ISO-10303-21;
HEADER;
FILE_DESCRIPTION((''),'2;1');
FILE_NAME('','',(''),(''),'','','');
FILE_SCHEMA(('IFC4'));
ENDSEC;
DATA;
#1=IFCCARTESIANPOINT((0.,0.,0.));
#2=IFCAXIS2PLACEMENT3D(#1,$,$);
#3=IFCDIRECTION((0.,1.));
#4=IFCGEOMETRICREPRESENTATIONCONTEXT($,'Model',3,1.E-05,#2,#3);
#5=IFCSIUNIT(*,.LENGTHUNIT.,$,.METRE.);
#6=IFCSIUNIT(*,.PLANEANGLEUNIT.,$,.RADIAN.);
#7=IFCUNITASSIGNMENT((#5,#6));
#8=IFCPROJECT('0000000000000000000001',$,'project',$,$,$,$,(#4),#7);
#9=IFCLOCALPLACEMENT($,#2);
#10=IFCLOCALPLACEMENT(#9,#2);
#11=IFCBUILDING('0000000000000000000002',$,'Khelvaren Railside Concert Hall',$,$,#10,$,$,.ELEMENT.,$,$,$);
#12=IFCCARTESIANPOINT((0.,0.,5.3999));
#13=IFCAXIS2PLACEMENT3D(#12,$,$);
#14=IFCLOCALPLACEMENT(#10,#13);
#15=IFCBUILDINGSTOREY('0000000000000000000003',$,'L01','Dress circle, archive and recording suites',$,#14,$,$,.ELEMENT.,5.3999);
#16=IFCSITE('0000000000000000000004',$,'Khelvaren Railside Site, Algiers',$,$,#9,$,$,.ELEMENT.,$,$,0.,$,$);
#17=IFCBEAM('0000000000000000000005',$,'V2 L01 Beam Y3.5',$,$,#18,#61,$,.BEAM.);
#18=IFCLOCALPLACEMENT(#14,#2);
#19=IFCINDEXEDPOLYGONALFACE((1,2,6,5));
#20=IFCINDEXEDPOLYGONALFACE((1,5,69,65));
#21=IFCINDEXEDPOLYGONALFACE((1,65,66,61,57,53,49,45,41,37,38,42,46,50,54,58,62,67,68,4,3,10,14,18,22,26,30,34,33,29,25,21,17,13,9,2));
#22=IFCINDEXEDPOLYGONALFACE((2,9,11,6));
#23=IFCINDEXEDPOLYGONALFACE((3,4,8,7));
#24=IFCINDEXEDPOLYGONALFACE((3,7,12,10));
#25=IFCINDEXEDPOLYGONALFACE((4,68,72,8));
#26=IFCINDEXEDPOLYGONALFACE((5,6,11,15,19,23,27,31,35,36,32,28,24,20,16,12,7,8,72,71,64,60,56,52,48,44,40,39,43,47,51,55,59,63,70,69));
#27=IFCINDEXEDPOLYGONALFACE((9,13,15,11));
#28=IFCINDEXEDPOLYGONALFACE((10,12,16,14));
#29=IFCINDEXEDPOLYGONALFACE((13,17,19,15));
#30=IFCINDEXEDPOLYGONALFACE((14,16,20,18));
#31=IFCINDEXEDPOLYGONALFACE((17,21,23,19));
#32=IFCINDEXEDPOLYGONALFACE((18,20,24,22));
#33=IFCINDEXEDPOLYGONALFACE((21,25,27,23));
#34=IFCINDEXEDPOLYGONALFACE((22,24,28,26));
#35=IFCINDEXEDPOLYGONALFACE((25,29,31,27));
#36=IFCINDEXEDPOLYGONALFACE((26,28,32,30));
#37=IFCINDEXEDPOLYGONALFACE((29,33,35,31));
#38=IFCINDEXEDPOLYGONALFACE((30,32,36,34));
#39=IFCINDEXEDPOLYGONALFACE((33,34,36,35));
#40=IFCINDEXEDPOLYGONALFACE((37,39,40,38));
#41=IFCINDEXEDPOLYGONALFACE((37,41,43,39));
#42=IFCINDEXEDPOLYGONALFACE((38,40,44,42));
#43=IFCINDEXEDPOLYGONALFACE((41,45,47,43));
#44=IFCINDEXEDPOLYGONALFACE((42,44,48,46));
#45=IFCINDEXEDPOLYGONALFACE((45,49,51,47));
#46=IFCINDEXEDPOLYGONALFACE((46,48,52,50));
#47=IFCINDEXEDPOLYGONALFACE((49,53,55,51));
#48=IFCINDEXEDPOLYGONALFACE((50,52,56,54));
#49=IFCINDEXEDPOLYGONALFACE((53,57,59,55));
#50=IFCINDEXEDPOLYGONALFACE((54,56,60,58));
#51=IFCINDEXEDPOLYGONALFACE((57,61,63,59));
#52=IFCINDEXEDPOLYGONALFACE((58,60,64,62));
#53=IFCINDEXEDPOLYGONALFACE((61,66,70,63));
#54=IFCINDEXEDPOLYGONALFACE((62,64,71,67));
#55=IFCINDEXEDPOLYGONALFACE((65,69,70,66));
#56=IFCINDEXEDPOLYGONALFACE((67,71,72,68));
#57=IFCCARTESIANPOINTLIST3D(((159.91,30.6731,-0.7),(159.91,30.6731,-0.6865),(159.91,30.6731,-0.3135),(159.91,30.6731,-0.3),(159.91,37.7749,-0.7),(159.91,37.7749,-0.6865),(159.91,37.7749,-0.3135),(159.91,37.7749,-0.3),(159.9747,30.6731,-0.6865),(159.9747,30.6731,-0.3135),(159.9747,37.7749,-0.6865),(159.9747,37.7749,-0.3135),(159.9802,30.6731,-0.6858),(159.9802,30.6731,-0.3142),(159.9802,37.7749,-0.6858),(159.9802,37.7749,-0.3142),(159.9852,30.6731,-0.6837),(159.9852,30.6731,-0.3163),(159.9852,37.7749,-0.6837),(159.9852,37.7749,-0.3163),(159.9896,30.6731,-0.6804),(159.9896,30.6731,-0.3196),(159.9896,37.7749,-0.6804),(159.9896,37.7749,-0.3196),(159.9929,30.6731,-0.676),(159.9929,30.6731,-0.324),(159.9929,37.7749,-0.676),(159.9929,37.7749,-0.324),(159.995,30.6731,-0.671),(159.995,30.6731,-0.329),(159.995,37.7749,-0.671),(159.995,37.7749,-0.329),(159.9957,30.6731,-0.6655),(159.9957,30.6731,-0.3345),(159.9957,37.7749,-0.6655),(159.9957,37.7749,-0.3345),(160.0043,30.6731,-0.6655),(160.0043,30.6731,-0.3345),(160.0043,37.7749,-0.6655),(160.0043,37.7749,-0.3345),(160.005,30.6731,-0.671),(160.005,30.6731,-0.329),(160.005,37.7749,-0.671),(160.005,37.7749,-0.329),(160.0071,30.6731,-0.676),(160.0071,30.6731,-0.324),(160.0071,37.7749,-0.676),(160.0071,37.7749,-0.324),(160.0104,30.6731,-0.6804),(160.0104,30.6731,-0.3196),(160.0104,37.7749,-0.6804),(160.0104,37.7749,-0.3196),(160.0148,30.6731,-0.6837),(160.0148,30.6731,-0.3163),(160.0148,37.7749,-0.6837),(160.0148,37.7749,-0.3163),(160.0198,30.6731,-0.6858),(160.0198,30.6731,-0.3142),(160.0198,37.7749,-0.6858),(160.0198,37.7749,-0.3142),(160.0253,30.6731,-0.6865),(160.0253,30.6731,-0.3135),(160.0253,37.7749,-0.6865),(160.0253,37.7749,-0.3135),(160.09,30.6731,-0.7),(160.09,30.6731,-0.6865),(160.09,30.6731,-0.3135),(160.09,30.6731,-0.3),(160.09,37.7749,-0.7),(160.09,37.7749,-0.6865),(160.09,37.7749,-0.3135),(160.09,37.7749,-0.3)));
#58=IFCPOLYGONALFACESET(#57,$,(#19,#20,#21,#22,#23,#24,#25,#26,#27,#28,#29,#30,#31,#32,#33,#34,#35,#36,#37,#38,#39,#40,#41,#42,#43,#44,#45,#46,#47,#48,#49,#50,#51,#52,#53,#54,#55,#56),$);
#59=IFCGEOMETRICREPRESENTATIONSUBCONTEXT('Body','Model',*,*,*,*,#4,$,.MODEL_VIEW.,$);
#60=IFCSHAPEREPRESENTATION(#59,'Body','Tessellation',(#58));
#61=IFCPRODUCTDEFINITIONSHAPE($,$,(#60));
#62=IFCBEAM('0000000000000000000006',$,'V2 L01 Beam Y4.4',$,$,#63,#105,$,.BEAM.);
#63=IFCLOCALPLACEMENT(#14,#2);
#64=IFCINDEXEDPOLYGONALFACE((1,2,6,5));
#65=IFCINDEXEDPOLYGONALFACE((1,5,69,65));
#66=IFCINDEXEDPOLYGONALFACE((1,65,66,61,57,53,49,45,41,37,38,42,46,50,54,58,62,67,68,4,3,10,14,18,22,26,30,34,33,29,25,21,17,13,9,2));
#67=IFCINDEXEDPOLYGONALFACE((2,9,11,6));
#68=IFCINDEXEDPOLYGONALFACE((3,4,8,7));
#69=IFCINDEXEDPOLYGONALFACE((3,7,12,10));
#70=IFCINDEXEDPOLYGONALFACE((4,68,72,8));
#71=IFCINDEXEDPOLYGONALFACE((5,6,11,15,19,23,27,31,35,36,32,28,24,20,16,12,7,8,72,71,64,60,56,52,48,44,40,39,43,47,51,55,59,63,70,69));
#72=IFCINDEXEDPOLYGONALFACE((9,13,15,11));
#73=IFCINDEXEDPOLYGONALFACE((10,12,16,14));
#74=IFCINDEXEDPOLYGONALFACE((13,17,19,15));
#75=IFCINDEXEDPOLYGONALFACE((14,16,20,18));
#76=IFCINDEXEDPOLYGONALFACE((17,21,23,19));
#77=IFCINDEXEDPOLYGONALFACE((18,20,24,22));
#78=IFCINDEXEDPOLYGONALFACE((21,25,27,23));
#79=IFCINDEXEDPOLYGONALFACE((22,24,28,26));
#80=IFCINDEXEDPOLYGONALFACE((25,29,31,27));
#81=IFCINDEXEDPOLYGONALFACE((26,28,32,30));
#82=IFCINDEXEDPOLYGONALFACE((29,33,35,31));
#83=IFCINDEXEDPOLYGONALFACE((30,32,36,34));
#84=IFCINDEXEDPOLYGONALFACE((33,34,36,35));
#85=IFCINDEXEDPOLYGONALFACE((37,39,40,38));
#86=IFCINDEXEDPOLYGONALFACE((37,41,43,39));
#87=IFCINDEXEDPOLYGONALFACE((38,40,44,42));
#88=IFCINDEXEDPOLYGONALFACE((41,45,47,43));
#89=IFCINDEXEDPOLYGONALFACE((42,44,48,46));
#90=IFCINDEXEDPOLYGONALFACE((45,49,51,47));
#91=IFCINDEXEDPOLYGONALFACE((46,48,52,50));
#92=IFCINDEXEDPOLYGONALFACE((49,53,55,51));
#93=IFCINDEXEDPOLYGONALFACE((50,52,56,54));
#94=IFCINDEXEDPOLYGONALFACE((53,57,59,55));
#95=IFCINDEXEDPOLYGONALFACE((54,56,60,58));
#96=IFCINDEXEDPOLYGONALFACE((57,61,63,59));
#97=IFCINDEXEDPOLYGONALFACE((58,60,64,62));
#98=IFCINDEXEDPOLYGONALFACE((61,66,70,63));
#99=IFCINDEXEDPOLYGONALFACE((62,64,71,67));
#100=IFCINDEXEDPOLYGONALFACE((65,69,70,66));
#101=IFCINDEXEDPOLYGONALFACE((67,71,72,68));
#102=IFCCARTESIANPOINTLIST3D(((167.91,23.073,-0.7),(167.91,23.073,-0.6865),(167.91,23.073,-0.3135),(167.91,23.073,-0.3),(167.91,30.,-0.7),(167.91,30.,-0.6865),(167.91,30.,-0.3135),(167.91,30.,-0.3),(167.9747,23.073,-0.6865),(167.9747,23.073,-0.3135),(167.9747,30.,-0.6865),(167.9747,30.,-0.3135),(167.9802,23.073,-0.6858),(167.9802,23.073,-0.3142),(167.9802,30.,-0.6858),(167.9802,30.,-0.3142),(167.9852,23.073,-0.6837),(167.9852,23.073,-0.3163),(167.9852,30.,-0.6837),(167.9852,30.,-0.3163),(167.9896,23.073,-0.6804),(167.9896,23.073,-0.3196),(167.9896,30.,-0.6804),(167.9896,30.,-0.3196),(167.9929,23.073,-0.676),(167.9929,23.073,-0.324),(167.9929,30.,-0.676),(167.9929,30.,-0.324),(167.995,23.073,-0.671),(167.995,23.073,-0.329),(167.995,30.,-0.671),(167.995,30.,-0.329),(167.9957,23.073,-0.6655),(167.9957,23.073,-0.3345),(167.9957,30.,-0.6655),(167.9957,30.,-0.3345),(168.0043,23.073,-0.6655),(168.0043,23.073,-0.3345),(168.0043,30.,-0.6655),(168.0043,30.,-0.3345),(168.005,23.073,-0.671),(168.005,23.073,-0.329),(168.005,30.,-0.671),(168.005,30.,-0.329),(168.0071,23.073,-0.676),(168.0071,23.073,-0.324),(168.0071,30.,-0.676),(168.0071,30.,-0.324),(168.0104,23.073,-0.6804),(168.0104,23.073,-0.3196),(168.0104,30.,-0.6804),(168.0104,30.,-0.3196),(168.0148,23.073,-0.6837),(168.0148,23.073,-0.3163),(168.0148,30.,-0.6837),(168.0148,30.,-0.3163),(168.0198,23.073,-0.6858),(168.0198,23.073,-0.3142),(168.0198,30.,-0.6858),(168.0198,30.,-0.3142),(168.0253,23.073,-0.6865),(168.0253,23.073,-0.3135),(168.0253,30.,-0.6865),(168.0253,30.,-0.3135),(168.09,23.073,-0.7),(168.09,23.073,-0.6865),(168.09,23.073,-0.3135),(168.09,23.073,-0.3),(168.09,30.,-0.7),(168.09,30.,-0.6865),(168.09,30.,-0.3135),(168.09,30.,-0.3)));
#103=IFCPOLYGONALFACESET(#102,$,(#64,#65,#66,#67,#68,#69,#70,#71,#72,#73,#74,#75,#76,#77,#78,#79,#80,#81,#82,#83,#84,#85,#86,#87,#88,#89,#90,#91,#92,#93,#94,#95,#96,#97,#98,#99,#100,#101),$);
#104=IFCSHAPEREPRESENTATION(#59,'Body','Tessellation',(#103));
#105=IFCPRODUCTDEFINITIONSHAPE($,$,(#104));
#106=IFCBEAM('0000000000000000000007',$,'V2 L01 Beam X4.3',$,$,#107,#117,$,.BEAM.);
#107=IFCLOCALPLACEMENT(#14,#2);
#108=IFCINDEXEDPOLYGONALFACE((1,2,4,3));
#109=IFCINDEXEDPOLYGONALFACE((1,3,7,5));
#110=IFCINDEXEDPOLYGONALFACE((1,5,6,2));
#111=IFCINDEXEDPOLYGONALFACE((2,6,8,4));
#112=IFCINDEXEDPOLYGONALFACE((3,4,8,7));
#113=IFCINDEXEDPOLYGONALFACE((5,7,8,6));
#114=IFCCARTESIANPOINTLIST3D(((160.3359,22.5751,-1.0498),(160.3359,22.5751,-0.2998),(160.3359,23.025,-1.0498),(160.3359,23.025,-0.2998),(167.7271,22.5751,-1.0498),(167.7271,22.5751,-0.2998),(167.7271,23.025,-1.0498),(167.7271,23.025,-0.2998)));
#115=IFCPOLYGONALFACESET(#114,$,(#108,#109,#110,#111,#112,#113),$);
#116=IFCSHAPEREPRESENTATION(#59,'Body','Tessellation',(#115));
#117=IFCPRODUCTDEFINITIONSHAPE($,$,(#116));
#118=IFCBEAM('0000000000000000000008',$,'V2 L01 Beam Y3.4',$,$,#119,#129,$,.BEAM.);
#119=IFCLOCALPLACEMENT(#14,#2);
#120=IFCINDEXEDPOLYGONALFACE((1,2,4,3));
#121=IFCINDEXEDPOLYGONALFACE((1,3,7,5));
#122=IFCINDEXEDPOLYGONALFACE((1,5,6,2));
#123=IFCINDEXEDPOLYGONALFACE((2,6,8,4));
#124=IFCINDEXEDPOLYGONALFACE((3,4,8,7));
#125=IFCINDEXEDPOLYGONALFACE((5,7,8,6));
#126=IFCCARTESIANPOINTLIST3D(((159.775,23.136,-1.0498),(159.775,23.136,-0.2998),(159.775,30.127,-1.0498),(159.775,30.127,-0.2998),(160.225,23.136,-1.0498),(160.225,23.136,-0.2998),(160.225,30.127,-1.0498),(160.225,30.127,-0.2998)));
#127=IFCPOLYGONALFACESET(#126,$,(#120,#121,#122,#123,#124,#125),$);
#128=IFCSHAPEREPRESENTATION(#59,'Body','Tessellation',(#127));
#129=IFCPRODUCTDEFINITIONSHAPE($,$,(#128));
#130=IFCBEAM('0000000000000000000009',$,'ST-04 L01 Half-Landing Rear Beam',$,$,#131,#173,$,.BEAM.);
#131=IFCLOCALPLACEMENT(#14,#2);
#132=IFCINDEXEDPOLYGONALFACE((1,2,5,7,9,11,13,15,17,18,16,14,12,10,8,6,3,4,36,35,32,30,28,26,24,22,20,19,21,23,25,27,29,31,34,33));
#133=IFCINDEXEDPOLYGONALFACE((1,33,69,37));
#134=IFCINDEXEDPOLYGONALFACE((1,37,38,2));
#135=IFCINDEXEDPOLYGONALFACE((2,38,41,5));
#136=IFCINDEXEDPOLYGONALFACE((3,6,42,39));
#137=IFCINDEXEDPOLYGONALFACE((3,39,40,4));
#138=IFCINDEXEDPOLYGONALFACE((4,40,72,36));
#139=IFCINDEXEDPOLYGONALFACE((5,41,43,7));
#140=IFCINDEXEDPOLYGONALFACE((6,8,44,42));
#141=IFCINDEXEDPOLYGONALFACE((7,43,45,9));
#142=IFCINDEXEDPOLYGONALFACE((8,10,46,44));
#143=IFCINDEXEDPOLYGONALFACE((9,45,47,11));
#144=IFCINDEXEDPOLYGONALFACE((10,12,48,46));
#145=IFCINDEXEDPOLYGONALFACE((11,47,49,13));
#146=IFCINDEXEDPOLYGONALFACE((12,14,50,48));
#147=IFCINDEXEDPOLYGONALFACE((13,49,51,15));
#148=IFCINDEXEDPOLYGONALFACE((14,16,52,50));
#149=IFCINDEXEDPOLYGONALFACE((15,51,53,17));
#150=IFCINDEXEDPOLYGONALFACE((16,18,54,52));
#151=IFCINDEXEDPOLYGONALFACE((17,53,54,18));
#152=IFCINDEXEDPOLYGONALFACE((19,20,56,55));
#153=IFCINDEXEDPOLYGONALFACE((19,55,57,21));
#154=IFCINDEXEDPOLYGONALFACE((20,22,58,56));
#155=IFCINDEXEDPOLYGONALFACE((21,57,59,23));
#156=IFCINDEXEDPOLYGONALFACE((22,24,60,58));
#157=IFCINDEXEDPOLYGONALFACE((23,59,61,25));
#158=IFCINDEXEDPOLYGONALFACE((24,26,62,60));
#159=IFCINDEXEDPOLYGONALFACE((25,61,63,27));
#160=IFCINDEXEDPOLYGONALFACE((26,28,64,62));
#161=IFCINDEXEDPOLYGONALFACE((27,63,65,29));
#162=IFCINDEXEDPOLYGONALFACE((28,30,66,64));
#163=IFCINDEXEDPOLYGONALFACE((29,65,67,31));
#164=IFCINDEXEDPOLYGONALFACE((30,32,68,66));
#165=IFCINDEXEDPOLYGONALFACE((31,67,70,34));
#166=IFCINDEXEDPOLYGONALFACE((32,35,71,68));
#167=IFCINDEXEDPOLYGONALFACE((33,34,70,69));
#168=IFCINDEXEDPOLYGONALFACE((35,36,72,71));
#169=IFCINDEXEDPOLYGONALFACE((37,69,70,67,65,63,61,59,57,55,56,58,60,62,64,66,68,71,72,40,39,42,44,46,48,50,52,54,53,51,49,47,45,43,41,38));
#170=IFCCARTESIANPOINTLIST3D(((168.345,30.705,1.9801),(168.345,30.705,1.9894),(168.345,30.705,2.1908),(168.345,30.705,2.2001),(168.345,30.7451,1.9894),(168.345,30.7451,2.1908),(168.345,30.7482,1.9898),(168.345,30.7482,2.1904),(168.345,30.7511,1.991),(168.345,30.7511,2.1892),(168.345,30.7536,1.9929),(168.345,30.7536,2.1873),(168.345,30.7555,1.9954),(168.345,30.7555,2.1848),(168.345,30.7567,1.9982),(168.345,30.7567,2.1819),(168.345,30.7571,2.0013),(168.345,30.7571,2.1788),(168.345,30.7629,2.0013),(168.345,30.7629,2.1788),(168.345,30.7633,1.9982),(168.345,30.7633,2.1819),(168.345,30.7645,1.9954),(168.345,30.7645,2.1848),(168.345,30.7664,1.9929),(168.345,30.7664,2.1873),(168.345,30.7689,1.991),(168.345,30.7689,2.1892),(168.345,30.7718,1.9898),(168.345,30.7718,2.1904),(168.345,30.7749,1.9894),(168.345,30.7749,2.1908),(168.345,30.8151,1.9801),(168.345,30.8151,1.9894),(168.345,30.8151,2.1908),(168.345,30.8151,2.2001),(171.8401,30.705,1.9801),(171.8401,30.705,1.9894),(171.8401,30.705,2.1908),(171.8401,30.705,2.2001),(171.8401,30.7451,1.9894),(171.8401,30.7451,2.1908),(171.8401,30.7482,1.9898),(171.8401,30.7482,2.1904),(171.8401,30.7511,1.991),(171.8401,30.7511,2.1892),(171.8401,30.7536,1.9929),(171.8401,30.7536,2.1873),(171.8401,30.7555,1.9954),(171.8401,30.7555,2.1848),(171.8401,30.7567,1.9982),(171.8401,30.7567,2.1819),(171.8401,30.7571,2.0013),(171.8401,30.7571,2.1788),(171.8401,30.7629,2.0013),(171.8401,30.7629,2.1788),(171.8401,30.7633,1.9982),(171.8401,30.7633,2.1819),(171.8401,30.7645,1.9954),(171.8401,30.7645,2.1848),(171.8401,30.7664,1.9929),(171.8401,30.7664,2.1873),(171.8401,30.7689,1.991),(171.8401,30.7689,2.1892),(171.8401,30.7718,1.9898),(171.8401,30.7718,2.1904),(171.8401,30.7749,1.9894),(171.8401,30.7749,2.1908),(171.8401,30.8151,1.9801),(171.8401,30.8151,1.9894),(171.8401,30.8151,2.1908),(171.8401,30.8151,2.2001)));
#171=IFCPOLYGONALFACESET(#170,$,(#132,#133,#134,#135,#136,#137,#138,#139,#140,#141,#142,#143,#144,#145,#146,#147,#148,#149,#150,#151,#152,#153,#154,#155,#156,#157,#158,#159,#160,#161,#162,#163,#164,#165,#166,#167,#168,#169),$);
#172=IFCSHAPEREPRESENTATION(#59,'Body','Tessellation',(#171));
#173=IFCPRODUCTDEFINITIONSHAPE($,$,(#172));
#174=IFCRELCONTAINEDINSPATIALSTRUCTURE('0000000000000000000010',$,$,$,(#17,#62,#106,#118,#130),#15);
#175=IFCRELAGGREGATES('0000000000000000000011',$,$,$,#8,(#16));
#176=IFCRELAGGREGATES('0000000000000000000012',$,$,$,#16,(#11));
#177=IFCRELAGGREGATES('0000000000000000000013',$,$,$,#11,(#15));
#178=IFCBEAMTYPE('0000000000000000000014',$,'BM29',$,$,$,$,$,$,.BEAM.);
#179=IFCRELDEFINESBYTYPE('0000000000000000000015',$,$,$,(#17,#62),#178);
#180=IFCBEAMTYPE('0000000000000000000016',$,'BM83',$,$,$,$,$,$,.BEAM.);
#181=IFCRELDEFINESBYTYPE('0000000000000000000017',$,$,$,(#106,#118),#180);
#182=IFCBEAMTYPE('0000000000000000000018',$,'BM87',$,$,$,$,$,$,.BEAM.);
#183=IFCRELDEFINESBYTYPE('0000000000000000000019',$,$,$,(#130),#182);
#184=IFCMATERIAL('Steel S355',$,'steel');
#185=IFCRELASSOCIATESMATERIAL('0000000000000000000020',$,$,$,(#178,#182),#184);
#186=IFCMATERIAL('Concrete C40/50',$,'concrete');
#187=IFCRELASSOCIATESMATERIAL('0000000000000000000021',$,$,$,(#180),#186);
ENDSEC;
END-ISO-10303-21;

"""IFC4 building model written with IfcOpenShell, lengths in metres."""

from ifc_helpers import new_model, si_unit, direction, frame, origin, origin_2d, place, context, subcontext, project, spatial, rectangle, i_section, extrude, material, material_profile, profile_set, type_object, element, save


model = new_model("IFC4")

# Units and contexts
model_context = context("Model", 3, precision=1e-05, world=origin(), true_north=direction((0.0, 1.0)))
body_context = subcontext(model_context, "Body", "Model", "MODEL_VIEW")
ifc_project = project(units=[si_unit("LENGTHUNIT", "METRE"), si_unit("PLANEANGLEUNIT", "RADIAN")], contexts=[model_context])

# Site, building, storey
site_placement = place(None, origin())
site = spatial("IfcSite", under=ifc_project, at=site_placement, Name="Khelvaren Railside Site, Algiers", CompositionType="ELEMENT", RefElevation=0.0)
building_placement = place(site_placement, origin())
building = spatial("IfcBuilding", under=site, at=building_placement, Name="Khelvaren Railside Concert Hall", CompositionType="ELEMENT")
storey_placement = place(building_placement, frame((0.0, 0.0, 5.3999)))
storey = spatial("IfcBuildingStorey", under=building, at=storey_placement, Name="L01", Description="Dress circle, archive and recording suites", CompositionType="ELEMENT", Elevation=5.3999)

# Beams
ifc_material_1 = material(Name="Steel S355", Category="steel")
ifc_material_profile_1 = material_profile(ifc_material_1, i_section(OverallWidth=0.1799, OverallDepth=0.3999, WebThickness=0.0085, FlangeThickness=0.0134, FilletRadius=0.021, at=origin_2d()), Name="IPE 400")
ifc_profile_set_1 = profile_set([ifc_material_profile_1], Name="Steel S355")
beam_type_1 = type_object("IfcBeamType", Name="BM29", PredefinedType="BEAM", material=ifc_profile_set_1)
beam_1_placement = place(storey_placement, frame((160.0, 30.6731, -0.5), z_axis=(0.0, 1.0, 0.0), x_axis=(-1.0, 0.0, 0.0)))
element("IfcBeam", 1, at=beam_1_placement, inside=storey, type_object=beam_type_1, Name="V2 L01 Beam Y3.5", PredefinedType="BEAM", context=body_context, shape_type="SweptSolid", body=[
    extrude(i_section(OverallWidth=0.1799, OverallDepth=0.3999, WebThickness=0.0085, FlangeThickness=0.0134, FilletRadius=0.021, at=origin_2d()), origin(), (0.0, 0.0, 1.0), 7.1018),
])
beam_2_placement = place(storey_placement, frame((168.0, 23.073, -0.5), z_axis=(0.0, 1.0, 0.0), x_axis=(-1.0, 0.0, 0.0)))
element("IfcBeam", 2, at=beam_2_placement, inside=storey, type_object=beam_type_1, Name="V2 L01 Beam Y4.4", PredefinedType="BEAM", context=body_context, shape_type="SweptSolid", body=[
    extrude(i_section(OverallWidth=0.1799, OverallDepth=0.3999, WebThickness=0.0085, FlangeThickness=0.0134, FilletRadius=0.021, at=origin_2d()), origin(), (0.0, 0.0, 1.0), 6.927),
])
ifc_material_2 = material(Name="Concrete C40/50", Category="concrete")
ifc_material_profile_2 = material_profile(ifc_material_2, rectangle(XDim=0.45, YDim=0.75, at=origin_2d()), Name="RCB 450x750")
ifc_profile_set_2 = profile_set([ifc_material_profile_2], Name="Concrete C40/50")
beam_type_2 = type_object("IfcBeamType", Name="BM83", PredefinedType="BEAM", material=ifc_profile_set_2)
beam_3_placement = place(storey_placement, frame((160.3359, 22.8, -0.6748), z_axis=(1.0, 0.0, 0.0), x_axis=(0.0, 1.0, 0.0)))
element("IfcBeam", 3, at=beam_3_placement, inside=storey, type_object=beam_type_2, Name="V2 L01 Beam X4.3", PredefinedType="BEAM", context=body_context, shape_type="SweptSolid", body=[
    extrude(rectangle(XDim=0.45, YDim=0.75, at=origin_2d()), origin(), (0.0, 0.0, 1.0), 7.3911),
])
beam_4_placement = place(storey_placement, frame((160.0, 23.136, -0.6748), z_axis=(0.0, 1.0, 0.0), x_axis=(-1.0, 0.0, 0.0)))
element("IfcBeam", 4, at=beam_4_placement, inside=storey, type_object=beam_type_2, Name="V2 L01 Beam Y3.4", PredefinedType="BEAM", context=body_context, shape_type="SweptSolid", body=[
    extrude(rectangle(XDim=0.45, YDim=0.75, at=origin_2d()), origin(), (0.0, 0.0, 1.0), 6.991),
])
ifc_material_profile_3 = material_profile(ifc_material_1, i_section(OverallWidth=0.1101, OverallDepth=0.22, WebThickness=0.0059, FlangeThickness=0.0093, FilletRadius=0.012, at=origin_2d()), Name="IPE 220")
ifc_profile_set_3 = profile_set([ifc_material_profile_3], Name="Steel S355")
beam_type_3 = type_object("IfcBeamType", Name="BM87", PredefinedType="BEAM", material=ifc_profile_set_3)
beam_5_placement = place(storey_placement, frame((168.345, 30.76, 2.0901), z_axis=(1.0, 0.0, 0.0), x_axis=(0.0, 1.0, 0.0)))
element("IfcBeam", 5, at=beam_5_placement, inside=storey, type_object=beam_type_3, Name="ST-04 L01 Half-Landing Rear Beam", PredefinedType="BEAM", context=body_context, shape_type="SweptSolid", body=[
    extrude(i_section(OverallWidth=0.1101, OverallDepth=0.22, WebThickness=0.0059, FlangeThickness=0.0093, FilletRadius=0.012, at=origin_2d()), origin(), (0.0, 0.0, 1.0), 3.4951),
])

save(model, "model.ifc")
